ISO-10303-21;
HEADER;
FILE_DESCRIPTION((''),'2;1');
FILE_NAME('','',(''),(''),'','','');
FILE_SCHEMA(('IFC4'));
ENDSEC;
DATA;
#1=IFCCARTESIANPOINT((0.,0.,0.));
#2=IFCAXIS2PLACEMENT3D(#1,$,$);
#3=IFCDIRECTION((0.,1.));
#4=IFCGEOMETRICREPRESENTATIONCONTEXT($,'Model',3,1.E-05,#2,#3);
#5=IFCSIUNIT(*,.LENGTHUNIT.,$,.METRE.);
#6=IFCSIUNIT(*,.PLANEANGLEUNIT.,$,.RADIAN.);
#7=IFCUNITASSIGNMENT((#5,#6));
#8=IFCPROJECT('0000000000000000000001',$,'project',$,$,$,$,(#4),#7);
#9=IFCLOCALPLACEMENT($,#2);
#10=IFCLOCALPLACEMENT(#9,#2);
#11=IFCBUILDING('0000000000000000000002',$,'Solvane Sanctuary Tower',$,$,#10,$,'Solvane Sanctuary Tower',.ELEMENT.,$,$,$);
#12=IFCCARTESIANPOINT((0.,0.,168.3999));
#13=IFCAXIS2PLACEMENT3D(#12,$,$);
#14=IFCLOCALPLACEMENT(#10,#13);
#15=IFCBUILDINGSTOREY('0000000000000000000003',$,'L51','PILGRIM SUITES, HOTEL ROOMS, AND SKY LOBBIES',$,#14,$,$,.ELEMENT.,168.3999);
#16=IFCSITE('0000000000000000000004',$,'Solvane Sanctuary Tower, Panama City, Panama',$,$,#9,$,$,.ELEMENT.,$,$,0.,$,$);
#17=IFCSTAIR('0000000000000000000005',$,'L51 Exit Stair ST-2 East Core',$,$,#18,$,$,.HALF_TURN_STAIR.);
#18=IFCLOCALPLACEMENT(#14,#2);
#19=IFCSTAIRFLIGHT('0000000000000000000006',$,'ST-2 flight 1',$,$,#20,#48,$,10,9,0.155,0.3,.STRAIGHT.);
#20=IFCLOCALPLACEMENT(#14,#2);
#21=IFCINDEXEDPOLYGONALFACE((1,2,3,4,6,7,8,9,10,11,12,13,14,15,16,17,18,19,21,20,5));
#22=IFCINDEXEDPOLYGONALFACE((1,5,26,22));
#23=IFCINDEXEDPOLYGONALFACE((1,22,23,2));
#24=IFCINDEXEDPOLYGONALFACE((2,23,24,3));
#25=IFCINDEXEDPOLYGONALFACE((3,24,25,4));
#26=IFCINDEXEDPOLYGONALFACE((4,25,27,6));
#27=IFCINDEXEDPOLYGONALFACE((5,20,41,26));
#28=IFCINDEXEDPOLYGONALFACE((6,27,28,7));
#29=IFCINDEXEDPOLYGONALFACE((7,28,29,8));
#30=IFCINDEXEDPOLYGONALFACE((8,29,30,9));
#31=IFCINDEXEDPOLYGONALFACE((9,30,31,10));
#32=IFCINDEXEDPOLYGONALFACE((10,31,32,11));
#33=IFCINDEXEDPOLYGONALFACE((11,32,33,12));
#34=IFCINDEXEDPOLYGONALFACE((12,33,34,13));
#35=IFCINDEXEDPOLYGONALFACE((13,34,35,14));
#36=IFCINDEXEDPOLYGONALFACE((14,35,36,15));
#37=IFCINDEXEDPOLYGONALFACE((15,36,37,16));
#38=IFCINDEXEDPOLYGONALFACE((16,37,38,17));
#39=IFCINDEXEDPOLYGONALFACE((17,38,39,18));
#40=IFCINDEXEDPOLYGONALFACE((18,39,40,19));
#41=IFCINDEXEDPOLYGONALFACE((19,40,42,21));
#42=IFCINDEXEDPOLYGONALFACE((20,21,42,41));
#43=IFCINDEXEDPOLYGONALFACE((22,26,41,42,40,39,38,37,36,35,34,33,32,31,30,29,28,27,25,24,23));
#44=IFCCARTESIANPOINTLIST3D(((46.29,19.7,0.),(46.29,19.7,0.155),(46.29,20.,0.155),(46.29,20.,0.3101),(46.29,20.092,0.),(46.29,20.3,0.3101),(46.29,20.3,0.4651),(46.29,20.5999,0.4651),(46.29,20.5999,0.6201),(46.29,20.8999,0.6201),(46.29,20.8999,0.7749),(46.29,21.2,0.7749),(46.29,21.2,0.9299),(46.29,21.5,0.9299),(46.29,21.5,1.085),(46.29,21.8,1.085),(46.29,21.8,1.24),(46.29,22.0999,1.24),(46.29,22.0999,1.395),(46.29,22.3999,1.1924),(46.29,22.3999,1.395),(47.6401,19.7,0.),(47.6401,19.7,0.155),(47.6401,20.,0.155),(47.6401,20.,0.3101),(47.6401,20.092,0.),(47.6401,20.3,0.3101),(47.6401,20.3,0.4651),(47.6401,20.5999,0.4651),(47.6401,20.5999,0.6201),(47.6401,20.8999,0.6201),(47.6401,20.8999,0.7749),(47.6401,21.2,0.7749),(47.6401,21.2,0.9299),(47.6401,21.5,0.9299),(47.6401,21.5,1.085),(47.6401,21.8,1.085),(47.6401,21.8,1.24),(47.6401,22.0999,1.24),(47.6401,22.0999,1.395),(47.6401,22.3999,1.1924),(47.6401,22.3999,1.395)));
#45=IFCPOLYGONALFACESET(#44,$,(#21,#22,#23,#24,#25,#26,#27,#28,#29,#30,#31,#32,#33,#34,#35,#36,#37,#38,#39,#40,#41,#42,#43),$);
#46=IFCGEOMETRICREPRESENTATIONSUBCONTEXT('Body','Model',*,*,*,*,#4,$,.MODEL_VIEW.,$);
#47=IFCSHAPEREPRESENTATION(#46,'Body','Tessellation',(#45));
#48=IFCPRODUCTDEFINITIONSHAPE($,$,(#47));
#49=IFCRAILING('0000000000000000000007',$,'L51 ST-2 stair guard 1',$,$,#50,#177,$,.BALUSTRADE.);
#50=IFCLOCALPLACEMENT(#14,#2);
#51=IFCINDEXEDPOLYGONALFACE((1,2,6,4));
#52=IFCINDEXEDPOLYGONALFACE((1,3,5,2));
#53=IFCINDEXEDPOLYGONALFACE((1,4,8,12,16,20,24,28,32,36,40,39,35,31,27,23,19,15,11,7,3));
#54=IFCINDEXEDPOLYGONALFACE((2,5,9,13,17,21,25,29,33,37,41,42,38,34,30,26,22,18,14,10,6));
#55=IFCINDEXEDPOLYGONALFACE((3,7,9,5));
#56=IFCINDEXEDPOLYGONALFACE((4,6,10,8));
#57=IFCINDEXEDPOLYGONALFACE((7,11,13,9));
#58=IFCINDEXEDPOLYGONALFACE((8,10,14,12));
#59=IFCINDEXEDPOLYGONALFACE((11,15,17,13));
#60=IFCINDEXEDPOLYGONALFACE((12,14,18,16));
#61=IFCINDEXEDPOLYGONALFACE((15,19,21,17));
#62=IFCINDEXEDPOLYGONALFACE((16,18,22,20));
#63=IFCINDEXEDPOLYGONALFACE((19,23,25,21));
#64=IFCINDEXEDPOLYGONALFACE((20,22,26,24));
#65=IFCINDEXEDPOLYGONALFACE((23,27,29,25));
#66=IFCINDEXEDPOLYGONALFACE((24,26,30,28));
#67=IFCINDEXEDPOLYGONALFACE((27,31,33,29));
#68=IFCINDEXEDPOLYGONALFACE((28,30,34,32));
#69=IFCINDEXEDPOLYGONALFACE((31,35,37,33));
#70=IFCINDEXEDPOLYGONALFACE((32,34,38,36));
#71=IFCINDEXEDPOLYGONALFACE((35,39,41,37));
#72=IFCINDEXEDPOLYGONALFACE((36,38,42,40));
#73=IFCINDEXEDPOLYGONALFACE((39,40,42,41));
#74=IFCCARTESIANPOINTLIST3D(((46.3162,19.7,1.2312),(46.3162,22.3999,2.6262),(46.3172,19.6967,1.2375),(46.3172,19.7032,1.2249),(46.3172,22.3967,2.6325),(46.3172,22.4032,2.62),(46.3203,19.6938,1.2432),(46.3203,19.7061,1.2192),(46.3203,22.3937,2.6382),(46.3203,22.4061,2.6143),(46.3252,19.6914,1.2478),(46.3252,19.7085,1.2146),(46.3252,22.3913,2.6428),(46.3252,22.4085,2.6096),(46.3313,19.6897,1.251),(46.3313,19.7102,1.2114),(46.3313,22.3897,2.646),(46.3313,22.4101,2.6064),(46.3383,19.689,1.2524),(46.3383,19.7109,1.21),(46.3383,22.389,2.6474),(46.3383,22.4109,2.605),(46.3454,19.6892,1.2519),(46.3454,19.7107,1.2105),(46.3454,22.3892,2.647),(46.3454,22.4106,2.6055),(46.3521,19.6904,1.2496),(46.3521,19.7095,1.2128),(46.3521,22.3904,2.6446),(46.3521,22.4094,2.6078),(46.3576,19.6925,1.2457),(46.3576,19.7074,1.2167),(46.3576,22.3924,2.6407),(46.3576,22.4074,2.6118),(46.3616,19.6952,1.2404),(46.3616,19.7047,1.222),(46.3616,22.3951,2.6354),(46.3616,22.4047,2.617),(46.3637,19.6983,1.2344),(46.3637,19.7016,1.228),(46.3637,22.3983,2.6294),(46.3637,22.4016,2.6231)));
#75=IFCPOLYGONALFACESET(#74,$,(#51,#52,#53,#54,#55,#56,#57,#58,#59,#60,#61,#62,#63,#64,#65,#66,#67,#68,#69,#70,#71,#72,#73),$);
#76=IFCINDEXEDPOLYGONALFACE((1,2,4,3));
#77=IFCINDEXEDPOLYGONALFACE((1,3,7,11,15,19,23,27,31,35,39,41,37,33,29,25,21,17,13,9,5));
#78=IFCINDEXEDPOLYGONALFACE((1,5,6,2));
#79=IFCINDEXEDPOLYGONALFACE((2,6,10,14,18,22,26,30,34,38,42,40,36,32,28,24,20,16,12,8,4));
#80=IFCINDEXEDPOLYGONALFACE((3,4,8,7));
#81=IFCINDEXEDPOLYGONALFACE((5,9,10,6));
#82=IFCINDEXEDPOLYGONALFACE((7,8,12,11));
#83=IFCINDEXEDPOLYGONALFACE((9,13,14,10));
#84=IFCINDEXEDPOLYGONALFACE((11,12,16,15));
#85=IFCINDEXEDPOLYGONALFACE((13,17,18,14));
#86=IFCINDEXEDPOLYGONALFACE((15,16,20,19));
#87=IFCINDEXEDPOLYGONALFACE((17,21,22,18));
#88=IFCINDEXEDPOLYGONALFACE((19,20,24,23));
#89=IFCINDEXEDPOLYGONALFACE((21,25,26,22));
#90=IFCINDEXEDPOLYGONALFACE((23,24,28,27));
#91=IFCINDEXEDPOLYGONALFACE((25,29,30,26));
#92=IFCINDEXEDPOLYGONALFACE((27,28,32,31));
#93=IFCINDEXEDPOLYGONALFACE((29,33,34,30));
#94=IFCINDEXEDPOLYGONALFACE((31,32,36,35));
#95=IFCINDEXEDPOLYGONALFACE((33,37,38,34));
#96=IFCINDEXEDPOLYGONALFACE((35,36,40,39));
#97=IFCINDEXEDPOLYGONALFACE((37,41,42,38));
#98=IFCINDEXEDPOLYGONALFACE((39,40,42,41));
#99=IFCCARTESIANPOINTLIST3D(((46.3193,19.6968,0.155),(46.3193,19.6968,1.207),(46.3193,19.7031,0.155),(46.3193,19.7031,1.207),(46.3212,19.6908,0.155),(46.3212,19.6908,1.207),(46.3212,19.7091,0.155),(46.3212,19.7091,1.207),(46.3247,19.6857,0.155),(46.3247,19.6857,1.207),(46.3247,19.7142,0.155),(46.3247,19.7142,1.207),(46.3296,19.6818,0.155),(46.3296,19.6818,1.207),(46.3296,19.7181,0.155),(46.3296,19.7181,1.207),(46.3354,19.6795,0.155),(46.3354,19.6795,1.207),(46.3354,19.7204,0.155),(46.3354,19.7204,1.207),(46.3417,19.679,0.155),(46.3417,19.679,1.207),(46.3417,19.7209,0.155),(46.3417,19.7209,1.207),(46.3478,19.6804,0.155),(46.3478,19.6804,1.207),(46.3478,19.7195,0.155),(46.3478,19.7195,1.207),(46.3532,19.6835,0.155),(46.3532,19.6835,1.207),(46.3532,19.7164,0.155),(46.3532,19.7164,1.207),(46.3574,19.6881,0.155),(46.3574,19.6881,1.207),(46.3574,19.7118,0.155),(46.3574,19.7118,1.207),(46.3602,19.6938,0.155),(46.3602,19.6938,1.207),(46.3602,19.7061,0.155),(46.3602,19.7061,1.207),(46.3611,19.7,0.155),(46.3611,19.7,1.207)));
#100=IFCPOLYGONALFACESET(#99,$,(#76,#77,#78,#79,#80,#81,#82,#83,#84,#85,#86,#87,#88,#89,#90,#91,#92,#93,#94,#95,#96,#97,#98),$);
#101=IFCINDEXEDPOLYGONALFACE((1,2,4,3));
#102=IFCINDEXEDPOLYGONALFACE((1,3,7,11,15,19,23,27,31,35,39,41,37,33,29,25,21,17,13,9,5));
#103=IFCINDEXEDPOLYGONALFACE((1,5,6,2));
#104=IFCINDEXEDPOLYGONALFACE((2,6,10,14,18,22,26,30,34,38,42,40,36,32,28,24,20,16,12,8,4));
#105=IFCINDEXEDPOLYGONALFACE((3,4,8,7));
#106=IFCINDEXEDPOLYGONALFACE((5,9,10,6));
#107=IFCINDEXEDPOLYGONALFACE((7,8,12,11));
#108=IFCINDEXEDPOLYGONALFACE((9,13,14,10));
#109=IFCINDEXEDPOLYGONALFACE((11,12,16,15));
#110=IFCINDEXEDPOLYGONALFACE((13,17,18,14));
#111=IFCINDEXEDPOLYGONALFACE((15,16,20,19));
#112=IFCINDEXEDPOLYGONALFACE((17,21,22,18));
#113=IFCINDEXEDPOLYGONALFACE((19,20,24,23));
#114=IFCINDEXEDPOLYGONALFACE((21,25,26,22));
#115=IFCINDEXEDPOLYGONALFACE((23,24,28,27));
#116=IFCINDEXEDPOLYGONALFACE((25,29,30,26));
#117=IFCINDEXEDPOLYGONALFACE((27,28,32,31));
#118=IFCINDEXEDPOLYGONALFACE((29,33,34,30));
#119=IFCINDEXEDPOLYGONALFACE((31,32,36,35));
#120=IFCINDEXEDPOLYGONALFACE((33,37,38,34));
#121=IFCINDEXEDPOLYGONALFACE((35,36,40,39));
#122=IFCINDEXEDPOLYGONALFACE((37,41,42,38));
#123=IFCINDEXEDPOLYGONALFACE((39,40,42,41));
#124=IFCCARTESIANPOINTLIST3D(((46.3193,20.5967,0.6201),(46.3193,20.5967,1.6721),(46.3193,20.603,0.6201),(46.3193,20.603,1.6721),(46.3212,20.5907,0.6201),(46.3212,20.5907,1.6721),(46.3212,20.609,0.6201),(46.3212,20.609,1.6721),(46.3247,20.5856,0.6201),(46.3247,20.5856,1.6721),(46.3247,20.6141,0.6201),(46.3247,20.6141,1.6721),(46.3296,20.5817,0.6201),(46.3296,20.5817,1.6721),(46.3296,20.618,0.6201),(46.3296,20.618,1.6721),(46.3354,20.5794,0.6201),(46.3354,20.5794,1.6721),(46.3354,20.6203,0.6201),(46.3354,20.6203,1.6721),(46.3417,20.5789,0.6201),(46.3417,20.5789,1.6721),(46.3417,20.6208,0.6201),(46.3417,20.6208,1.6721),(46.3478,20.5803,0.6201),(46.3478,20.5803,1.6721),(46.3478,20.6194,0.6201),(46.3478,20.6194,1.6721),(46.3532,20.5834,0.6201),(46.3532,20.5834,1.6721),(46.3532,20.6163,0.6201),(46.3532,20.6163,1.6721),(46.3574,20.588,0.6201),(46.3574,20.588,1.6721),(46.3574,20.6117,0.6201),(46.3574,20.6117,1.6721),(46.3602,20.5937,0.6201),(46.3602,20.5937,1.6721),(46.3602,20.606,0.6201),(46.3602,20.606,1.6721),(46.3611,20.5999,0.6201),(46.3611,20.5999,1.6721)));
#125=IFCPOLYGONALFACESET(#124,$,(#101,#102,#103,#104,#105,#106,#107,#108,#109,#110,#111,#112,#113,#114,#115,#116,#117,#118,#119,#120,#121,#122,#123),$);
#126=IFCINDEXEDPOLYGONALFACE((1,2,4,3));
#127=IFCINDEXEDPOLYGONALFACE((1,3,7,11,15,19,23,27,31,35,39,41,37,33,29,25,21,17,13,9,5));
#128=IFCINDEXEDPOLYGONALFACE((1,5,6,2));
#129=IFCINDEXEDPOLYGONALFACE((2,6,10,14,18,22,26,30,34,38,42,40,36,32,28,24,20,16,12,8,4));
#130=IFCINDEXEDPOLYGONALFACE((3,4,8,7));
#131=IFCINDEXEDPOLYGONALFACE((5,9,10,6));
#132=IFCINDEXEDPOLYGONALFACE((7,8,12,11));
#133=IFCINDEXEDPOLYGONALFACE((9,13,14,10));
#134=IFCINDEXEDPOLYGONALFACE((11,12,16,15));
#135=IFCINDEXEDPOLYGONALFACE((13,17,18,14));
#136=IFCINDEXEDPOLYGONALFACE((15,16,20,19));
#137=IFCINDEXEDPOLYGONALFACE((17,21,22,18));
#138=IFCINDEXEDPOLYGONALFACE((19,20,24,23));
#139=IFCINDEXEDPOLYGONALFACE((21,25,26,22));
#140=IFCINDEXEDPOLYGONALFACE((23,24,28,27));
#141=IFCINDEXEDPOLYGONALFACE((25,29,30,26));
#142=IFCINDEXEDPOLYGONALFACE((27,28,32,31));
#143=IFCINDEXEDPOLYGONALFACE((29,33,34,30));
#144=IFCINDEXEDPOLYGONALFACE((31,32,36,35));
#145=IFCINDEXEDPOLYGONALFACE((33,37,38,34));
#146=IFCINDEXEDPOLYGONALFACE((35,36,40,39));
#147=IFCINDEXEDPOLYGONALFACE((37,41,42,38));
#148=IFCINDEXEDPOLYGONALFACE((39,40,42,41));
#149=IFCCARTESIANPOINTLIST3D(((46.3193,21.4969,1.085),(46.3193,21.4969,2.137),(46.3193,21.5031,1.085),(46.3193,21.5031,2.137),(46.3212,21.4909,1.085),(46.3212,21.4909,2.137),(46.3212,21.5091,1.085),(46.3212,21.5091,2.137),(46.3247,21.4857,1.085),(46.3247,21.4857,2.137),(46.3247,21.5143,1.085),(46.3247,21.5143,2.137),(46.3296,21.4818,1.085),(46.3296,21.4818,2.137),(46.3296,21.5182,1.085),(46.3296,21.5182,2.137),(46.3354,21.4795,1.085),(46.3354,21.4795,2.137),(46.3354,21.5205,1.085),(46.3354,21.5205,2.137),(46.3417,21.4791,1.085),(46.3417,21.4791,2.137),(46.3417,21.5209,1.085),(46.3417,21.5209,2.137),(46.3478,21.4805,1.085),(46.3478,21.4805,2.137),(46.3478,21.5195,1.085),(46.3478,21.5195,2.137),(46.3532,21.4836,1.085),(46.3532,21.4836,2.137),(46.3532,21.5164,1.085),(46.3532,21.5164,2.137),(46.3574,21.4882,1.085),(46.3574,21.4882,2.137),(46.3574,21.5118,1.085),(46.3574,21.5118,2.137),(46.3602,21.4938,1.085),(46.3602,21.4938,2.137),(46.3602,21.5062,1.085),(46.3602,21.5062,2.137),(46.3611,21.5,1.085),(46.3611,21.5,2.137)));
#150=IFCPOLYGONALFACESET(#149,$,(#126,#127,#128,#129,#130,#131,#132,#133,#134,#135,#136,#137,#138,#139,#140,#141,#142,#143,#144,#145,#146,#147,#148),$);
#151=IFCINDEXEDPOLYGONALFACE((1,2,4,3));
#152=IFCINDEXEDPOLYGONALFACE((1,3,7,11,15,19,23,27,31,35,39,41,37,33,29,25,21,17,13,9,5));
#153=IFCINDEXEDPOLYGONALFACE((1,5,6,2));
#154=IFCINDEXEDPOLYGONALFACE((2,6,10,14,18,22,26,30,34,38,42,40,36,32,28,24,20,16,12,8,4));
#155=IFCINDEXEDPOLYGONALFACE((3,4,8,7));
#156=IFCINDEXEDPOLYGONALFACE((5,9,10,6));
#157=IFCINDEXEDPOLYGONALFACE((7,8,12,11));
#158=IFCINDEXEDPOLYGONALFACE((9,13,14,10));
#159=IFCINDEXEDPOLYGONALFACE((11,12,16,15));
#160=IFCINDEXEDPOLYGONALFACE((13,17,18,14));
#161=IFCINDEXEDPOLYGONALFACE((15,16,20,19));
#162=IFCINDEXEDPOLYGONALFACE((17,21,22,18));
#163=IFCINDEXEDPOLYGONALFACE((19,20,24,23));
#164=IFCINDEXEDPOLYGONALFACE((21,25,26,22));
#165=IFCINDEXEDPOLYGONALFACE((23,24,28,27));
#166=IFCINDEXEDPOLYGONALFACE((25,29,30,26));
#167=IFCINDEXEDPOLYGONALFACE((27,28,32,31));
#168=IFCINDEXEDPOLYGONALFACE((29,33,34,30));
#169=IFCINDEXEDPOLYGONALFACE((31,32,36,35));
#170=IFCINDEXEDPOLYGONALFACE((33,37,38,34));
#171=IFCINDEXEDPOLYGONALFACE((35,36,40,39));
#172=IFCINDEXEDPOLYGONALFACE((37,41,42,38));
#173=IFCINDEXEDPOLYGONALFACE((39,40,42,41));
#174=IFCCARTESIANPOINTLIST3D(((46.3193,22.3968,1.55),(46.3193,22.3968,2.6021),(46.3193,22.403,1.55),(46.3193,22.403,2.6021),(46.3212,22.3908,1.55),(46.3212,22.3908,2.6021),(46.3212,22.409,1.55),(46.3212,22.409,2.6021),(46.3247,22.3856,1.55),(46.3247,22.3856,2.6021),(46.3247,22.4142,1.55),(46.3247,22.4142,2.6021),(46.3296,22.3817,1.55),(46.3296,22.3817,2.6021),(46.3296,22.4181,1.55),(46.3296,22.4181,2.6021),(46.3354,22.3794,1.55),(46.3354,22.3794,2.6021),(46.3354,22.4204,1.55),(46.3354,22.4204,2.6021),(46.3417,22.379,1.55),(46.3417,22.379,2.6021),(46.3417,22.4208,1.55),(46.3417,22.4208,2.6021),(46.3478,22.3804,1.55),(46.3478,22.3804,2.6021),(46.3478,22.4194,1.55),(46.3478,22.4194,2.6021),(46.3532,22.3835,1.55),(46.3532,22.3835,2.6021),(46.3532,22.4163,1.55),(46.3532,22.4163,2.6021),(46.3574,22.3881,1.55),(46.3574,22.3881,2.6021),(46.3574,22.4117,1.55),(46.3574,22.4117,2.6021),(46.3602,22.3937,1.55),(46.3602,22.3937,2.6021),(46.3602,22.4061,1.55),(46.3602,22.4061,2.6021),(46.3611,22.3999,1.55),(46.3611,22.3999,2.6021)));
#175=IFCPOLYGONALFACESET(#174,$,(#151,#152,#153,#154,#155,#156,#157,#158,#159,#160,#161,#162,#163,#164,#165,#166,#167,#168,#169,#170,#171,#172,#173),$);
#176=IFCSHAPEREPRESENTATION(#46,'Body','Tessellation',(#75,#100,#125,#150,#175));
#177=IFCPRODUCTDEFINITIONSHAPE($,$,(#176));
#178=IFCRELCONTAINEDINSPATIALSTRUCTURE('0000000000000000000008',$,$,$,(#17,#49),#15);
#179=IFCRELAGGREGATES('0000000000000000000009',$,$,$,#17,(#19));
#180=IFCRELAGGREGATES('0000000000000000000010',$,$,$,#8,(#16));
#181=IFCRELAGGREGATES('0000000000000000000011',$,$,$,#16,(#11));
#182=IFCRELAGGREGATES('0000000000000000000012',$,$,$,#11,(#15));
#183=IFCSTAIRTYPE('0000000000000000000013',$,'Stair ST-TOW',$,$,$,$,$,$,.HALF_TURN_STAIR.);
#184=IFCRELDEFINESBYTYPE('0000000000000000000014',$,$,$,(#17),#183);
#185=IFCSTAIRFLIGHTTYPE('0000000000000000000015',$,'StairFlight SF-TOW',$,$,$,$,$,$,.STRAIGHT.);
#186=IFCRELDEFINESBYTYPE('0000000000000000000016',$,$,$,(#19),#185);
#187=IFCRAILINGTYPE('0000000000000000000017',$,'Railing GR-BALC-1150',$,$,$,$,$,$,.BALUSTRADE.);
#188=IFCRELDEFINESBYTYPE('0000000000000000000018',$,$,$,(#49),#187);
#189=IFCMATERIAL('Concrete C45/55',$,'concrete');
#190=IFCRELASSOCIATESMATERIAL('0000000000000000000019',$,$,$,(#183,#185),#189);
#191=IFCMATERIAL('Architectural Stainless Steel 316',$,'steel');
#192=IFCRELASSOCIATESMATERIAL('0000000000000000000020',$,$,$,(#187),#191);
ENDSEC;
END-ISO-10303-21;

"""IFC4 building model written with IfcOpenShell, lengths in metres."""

from ifc_helpers import new_model, si_unit, direction, frame, origin, origin_2d, place, context, subcontext, project, spatial, polyline, circle, outline, extrude, material, type_object, element, aggregate, save


model = new_model("IFC4")

# Units and contexts
model_context = context("Model", 3, precision=1e-05, world=origin(), true_north=direction((0.0, 1.0)))
body_context = subcontext(model_context, "Body", "Model", "MODEL_VIEW")
ifc_project = project(units=[si_unit("LENGTHUNIT", "METRE"), si_unit("PLANEANGLEUNIT", "RADIAN")], contexts=[model_context])

# Site, building, storey
site_placement = place(None, origin())
site = spatial("IfcSite", under=ifc_project, at=site_placement, Name="Solvane Sanctuary Tower, Panama City, Panama", CompositionType="ELEMENT", RefElevation=0.0)
building_placement = place(site_placement, origin())
building = spatial("IfcBuilding", under=site, at=building_placement, Name="Solvane Sanctuary Tower", LongName="Solvane Sanctuary Tower", CompositionType="ELEMENT")
storey_placement = place(building_placement, frame((0.0, 0.0, 168.3999)))
storey = spatial("IfcBuildingStorey", under=building, at=storey_placement, Name="L51", Description="PILGRIM SUITES, HOTEL ROOMS, AND SKY LOBBIES", CompositionType="ELEMENT", Elevation=168.3999)

# Shared definitions
ifc_material_1 = material(Name="Architectural Stainless Steel 316", Category="steel")

# Stair, stair flight
ifc_material_2 = material(Name="Concrete C45/55", Category="concrete")
stair_type = type_object("IfcStairType", Name="Stair ST-TOW", PredefinedType="HALF_TURN_STAIR", material=ifc_material_2)
stair_placement = place(storey_placement, origin())
stair = element("IfcStair", 1, at=stair_placement, inside=storey, type_object=stair_type, Name="L51 Exit Stair ST-2 East Core", PredefinedType="HALF_TURN_STAIR")
stair_flight_type = type_object("IfcStairFlightType", Name="StairFlight SF-TOW", PredefinedType="STRAIGHT", material=ifc_material_2)
stair_flight_placement = place(storey_placement, frame((46.9651, 19.7, 0.0), z_axis=(0.0, 0.0, 1.0), x_axis=(0.0, 1.0, 0.0)))
stair_flight = element("IfcStairFlight", 2, at=stair_flight_placement, type_object=stair_flight_type, Name="ST-2 flight 1", NumberOfRisers=10, NumberOfTreads=9, PredefinedType="STRAIGHT", RiserHeight=0.155, TreadLength=0.3, context=body_context, shape_type="SweptSolid", body=[
    extrude(outline(polyline([(0.0, 0.0), (0.0, 0.155), (0.3, 0.155), (0.3, 0.3101), (0.6001, 0.3101), (0.6001, 0.4651), (0.8999, 0.4651), (0.8999, 0.6201), (1.2, 0.6201), (1.2, 0.7749), (1.5, 0.7749), (1.5, 0.9299), (1.8, 0.9299), (1.8, 1.085), (2.1001, 1.085), (2.1001, 1.24), (2.3999, 1.24), (2.3999, 1.395), (2.7, 1.395), (2.7, 1.55), (2.7, 1.1924), (0.3921, 0.0), (0.0, 0.0)])), frame((0.0, 0.675, 0.0), z_axis=(0.0, -1.0, 0.0), x_axis=(1.0, 0.0, 0.0)), (0.0, 0.0, 1.0), 1.3501),
])
aggregate(stair, [stair_flight])

# Railing
railing_type_1 = type_object("IfcRailingType", Name="Railing GR-BALC-1150", PredefinedType="BALUSTRADE", material=ifc_material_1)
railing_1_placement = place(storey_placement, frame((46.3401, 19.7, 0.155)))
element("IfcRailing", 3, at=railing_1_placement, inside=storey, type_object=railing_type_1, Name="L51 ST-2 stair guard 1", PredefinedType="BALUSTRADE", context=body_context, shape_type="SweptSolid", body=[
    extrude(circle(Radius=0.0239, at=origin_2d()), frame((0.0, 0.0, 1.0762), z_axis=(0.0, 0.88842, 0.459032), x_axis=(-1.0, 0.0, 0.0)), (0.0, 0.0, 1.0), 3.0391),
    extrude(circle(Radius=0.021, at=origin_2d()), origin(), (0.0, 0.0, 1.0), 1.052),
    extrude(circle(Radius=0.021, at=origin_2d()), frame((0.0, 0.8999, 0.4651)), (0.0, 0.0, 1.0), 1.052),
    extrude(circle(Radius=0.021, at=origin_2d()), frame((0.0, 1.8, 0.9299)), (0.0, 0.0, 1.0), 1.052),
    extrude(circle(Radius=0.021, at=origin_2d()), frame((0.0, 2.7, 1.395)), (0.0, 0.0, 1.0), 1.052),
])

save(model, "model.ifc")
